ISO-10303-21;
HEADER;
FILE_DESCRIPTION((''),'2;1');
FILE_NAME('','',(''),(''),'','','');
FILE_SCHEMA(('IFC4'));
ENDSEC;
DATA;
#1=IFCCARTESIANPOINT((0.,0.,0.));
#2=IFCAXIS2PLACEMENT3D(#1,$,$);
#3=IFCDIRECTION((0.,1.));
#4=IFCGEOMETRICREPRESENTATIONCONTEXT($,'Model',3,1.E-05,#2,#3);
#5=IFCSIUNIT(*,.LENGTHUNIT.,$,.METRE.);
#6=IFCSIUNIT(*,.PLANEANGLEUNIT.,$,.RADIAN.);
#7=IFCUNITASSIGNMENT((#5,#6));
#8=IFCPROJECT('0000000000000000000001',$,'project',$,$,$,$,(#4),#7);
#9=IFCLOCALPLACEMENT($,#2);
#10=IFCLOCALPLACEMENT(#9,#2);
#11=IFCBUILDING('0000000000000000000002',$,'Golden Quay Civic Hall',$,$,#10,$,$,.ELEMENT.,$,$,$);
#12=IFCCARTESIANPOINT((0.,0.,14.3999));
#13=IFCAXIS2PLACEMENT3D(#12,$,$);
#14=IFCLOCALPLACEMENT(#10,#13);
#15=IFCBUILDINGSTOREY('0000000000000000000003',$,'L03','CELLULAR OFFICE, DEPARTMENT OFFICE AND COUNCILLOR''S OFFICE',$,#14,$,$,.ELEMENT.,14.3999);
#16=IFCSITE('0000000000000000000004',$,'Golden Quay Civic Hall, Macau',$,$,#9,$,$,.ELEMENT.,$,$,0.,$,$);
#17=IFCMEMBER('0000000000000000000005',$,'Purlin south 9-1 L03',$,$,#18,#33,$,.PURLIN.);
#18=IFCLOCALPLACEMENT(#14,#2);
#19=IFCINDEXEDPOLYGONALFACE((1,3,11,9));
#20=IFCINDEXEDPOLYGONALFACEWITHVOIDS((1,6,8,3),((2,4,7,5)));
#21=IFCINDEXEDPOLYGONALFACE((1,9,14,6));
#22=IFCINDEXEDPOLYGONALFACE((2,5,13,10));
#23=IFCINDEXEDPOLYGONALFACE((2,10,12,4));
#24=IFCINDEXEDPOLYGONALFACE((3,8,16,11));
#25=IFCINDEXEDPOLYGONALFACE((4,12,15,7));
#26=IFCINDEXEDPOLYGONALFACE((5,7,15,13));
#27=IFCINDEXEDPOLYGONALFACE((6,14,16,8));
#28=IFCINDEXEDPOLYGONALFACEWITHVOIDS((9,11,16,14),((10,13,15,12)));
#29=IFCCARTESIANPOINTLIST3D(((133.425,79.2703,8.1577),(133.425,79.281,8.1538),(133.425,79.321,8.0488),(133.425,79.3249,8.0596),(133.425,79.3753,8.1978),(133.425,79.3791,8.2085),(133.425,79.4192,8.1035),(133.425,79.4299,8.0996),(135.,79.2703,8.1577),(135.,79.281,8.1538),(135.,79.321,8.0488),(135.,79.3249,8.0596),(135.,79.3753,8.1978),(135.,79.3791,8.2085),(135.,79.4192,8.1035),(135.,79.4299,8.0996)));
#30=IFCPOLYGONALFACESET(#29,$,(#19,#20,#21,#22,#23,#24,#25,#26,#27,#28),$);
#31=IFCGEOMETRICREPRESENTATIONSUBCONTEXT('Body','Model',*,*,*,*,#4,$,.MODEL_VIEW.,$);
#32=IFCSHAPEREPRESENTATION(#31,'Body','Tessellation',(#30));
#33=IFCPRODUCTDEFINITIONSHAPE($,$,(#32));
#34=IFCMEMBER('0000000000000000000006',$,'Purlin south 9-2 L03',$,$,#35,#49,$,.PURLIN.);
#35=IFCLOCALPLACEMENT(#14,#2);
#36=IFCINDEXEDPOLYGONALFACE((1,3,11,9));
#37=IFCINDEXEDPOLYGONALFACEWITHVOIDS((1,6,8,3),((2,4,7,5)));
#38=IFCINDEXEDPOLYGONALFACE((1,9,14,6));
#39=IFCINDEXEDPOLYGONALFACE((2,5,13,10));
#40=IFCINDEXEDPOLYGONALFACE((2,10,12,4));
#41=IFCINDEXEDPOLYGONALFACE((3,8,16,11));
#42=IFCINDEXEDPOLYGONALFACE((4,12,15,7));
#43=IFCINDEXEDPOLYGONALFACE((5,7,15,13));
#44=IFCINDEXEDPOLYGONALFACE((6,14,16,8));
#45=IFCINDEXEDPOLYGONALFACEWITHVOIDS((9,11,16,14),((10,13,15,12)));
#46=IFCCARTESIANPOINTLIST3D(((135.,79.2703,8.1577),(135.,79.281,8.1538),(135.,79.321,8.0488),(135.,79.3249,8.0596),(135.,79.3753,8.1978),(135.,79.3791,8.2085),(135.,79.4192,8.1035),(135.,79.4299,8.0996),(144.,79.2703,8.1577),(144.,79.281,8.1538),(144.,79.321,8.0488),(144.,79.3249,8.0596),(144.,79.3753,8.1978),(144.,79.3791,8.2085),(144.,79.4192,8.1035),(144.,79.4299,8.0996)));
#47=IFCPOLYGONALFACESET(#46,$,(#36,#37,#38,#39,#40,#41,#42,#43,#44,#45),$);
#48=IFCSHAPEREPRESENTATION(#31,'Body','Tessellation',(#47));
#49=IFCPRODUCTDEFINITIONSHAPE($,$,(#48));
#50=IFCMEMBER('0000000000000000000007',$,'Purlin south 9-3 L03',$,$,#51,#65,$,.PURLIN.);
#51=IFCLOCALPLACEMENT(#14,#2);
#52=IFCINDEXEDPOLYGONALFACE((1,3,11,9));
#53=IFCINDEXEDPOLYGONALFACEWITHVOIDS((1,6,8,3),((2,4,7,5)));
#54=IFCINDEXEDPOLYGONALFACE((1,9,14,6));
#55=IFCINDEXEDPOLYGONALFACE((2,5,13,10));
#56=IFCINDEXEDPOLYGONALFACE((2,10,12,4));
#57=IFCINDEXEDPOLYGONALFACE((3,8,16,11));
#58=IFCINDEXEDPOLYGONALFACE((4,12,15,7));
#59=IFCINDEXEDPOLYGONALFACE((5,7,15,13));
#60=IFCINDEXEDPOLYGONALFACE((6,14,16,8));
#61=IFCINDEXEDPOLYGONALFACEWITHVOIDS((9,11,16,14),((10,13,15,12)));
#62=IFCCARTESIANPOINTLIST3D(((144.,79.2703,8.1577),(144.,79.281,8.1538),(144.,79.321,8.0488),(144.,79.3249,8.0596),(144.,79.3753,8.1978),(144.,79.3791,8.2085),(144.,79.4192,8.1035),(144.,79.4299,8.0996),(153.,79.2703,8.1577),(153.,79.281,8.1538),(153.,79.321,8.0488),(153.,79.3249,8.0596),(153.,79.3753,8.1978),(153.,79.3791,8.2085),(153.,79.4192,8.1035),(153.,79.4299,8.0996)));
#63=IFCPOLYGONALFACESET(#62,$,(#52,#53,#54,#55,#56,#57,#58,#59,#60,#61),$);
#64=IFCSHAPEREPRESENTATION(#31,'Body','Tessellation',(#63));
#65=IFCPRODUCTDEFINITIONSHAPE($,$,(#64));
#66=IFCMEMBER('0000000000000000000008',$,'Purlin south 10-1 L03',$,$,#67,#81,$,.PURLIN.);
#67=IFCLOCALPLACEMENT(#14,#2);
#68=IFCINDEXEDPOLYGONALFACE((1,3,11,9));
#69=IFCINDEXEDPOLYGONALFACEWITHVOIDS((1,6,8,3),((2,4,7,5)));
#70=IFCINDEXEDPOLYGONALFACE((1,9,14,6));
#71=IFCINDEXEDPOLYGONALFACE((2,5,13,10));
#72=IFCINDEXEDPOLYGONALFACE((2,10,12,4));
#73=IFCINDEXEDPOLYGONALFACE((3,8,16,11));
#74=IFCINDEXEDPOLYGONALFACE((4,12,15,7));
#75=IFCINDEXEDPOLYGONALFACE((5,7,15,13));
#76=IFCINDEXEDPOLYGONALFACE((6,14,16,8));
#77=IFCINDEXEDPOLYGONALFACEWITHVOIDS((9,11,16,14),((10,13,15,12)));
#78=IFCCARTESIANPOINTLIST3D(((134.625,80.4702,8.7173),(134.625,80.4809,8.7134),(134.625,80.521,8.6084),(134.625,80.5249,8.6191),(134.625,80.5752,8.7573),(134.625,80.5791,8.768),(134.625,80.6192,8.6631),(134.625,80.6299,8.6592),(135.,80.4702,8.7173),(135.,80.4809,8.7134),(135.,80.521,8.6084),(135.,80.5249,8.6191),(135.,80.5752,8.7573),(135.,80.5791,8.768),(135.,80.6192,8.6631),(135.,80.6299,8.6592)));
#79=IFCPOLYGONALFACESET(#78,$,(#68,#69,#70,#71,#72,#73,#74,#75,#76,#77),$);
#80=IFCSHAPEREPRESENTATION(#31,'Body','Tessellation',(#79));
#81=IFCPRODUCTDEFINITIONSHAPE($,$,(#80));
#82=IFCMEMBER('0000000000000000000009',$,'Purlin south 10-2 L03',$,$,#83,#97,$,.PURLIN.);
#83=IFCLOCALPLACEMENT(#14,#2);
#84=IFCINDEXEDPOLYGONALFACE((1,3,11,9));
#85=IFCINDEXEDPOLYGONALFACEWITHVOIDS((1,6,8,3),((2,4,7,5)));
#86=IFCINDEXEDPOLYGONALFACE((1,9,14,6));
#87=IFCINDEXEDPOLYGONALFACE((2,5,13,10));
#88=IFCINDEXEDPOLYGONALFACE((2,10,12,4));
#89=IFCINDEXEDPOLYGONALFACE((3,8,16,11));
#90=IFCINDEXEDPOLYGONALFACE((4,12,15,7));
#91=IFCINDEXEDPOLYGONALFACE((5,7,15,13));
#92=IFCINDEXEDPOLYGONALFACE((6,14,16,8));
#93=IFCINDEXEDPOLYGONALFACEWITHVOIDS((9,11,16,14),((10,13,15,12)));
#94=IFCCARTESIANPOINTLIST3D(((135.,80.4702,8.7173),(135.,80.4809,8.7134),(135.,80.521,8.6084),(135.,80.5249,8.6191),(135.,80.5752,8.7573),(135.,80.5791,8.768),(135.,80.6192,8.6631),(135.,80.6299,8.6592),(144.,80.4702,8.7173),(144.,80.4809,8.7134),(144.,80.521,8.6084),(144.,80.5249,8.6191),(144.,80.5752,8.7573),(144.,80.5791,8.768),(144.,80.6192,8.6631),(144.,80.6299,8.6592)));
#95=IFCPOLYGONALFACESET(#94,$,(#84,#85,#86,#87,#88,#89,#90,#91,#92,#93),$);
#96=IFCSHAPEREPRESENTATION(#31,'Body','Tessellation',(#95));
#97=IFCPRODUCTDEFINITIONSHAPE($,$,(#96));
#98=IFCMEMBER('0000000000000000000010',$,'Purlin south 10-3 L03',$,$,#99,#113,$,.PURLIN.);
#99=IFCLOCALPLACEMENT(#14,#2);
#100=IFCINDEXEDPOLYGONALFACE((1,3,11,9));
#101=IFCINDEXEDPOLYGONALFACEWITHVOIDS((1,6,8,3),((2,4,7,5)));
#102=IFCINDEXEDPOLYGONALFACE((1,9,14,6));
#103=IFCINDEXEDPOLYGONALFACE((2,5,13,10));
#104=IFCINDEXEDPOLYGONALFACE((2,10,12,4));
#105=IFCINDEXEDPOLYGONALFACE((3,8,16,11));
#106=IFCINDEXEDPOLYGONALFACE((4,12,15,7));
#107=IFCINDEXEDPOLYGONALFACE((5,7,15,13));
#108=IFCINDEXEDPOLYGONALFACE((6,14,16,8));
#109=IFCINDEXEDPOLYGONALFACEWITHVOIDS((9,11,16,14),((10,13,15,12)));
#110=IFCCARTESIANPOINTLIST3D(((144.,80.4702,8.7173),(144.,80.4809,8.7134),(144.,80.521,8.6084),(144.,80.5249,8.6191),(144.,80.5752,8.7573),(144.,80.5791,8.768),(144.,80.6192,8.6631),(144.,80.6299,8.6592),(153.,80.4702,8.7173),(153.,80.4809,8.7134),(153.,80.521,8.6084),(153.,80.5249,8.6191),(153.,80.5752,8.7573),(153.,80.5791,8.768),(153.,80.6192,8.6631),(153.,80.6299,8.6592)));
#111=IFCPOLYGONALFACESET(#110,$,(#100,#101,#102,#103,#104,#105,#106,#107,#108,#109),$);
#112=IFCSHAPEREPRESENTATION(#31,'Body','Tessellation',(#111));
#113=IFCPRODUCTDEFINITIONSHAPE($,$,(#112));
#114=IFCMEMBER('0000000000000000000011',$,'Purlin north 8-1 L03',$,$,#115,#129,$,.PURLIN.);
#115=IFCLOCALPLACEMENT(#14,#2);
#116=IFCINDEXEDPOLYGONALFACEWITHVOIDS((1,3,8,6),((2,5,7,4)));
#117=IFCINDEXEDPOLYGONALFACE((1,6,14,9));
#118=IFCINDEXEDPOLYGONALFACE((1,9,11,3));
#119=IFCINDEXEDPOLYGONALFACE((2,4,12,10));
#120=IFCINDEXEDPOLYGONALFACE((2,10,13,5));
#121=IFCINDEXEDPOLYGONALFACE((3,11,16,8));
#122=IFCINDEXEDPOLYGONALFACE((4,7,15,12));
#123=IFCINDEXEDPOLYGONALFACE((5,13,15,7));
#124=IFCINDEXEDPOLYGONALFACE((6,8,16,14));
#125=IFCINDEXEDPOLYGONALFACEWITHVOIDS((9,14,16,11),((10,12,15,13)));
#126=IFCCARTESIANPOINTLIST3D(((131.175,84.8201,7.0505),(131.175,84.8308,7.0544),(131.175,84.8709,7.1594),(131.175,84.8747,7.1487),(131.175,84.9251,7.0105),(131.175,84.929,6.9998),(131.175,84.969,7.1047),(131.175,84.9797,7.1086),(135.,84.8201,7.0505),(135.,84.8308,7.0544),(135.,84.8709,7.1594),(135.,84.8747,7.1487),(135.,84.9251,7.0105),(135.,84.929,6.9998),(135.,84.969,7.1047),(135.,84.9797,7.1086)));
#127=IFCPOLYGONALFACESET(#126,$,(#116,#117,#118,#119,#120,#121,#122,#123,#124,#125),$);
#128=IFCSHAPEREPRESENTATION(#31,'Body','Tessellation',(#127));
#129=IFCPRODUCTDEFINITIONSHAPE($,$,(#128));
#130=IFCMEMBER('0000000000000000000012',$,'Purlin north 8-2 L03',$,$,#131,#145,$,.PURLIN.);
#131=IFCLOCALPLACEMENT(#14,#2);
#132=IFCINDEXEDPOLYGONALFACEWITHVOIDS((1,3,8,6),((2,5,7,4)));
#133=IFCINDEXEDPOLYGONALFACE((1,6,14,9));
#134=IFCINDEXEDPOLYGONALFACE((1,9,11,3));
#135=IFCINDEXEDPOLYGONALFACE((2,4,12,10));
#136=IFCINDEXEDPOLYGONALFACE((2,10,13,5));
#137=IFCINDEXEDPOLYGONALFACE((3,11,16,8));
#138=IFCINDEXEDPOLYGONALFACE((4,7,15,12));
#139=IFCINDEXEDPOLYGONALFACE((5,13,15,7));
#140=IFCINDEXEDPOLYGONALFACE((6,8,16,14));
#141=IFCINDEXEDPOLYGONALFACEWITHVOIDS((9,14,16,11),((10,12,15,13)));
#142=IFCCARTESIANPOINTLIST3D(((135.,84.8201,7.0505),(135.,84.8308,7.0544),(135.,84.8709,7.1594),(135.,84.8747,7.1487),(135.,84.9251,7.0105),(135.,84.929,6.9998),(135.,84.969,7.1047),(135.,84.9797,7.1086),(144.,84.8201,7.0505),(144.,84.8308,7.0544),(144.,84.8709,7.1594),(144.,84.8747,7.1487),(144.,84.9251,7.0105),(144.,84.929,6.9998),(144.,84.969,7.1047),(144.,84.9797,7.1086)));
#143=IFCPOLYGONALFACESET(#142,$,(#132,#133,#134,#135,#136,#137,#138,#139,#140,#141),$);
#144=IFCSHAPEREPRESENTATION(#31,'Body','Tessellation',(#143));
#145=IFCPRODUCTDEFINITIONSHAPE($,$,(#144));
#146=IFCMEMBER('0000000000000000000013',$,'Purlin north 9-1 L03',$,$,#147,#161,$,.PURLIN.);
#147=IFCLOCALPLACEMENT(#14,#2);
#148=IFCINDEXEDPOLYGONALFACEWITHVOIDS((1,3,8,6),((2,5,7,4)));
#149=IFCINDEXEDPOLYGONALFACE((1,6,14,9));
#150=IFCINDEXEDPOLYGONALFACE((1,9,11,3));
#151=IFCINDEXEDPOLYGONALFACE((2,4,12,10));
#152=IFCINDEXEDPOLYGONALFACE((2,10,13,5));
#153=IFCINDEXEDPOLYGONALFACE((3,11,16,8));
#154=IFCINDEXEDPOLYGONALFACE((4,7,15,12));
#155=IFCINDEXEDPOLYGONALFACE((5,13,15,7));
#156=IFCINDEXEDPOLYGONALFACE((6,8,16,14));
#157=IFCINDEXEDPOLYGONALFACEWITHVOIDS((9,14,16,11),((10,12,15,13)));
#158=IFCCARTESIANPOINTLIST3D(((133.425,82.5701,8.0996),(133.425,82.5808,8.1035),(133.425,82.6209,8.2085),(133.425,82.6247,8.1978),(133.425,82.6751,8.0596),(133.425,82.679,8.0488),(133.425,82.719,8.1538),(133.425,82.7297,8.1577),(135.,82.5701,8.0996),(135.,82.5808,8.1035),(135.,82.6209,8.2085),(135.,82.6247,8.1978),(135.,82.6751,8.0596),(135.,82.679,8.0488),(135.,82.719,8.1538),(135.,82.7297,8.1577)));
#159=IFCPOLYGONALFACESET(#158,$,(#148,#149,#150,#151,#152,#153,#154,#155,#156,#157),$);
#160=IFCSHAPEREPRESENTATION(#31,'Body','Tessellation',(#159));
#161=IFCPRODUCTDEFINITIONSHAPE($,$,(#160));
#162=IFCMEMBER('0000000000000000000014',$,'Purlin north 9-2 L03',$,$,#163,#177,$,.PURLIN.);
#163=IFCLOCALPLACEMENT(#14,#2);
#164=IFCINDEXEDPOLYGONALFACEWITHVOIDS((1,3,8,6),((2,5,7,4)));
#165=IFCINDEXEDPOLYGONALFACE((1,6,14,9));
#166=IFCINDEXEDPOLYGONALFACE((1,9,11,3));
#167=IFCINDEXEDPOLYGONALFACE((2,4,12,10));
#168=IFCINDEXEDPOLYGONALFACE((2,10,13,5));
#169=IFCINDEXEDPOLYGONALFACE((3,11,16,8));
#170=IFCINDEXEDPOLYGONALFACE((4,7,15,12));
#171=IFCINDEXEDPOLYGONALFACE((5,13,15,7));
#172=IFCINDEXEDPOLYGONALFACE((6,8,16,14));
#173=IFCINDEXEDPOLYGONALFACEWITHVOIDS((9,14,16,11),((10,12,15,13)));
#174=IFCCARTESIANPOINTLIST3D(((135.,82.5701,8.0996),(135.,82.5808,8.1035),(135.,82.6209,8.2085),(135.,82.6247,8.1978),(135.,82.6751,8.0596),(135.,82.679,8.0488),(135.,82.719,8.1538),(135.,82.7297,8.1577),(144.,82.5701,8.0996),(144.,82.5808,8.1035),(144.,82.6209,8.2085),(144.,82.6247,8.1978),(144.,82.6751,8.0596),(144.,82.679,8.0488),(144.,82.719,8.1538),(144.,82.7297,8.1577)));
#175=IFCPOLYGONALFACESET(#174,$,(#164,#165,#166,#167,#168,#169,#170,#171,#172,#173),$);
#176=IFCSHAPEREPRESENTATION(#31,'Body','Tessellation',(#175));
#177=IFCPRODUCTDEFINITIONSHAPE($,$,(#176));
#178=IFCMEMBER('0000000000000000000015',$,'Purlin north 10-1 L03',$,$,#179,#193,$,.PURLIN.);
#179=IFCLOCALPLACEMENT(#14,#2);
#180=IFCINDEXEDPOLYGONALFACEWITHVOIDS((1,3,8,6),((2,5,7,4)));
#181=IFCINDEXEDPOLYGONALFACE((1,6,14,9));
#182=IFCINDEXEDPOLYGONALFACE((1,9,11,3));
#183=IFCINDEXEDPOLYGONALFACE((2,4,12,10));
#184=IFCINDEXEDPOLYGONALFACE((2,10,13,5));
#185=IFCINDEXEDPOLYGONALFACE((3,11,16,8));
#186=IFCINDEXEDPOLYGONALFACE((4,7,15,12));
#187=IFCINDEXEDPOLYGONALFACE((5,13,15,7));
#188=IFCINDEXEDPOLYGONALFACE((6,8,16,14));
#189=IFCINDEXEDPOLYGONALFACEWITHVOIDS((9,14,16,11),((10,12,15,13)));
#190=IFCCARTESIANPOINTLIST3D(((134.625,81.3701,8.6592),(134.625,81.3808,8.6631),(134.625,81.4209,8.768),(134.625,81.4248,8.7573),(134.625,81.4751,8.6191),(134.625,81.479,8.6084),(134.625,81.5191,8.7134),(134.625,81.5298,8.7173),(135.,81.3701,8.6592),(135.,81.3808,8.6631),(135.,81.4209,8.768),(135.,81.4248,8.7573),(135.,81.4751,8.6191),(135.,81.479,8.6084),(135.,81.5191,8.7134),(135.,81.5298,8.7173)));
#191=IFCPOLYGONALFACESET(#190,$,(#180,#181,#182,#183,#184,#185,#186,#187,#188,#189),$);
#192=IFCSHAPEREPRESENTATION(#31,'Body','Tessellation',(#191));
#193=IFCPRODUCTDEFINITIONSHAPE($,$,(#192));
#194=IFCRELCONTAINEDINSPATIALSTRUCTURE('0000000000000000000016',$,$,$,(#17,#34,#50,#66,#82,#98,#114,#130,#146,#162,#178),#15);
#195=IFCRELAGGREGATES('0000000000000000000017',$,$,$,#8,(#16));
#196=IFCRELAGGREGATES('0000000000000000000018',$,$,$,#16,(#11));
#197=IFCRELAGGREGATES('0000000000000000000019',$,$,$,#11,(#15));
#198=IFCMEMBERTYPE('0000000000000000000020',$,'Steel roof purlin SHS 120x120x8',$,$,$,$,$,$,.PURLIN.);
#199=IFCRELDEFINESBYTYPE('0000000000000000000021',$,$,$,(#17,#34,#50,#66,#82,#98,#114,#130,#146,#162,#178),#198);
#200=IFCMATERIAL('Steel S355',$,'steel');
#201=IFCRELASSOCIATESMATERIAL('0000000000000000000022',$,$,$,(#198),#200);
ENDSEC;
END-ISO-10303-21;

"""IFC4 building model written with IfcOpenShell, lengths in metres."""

from ifc_helpers import new_model, si_unit, direction, frame, origin, origin_2d, place, context, subcontext, project, spatial, hollow_rectangle, extrude, material, material_profile, profile_set, type_object, element, save


model = new_model("IFC4")

# Units and contexts
model_context = context("Model", 3, precision=1e-05, world=origin(), true_north=direction((0.0, 1.0)))
body_context = subcontext(model_context, "Body", "Model", "MODEL_VIEW")
ifc_project = project(units=[si_unit("LENGTHUNIT", "METRE"), si_unit("PLANEANGLEUNIT", "RADIAN")], contexts=[model_context])

# Site, building, storey
site_placement = place(None, origin())
site = spatial("IfcSite", under=ifc_project, at=site_placement, Name="Golden Quay Civic Hall, Macau", CompositionType="ELEMENT", RefElevation=0.0)
building_placement = place(site_placement, origin())
building = spatial("IfcBuilding", under=site, at=building_placement, Name="Golden Quay Civic Hall", CompositionType="ELEMENT")
storey_placement = place(building_placement, frame((0.0, 0.0, 14.3999)))
storey = spatial("IfcBuildingStorey", under=building, at=storey_placement, Name="L03", Description="CELLULAR OFFICE, DEPARTMENT OFFICE AND COUNCILLOR'S OFFICE", CompositionType="ELEMENT", Elevation=14.3999)

# Members
ifc_material_1 = material(Name="Steel S355", Category="steel")
ifc_material_profile_1 = material_profile(ifc_material_1, hollow_rectangle(XDim=0.1201, YDim=0.1201, WallThickness=0.0081, at=origin_2d()), Name="SHS 120x120x8")
ifc_profile_set_1 = profile_set([ifc_material_profile_1], Name="Steel S355")
member_type_1 = type_object("IfcMemberType", Name="Steel roof purlin SHS 120x120x8", PredefinedType="PURLIN", material=ifc_profile_set_1)
member_1_placement = place(storey_placement, frame((133.425, 79.3501, 8.1287), z_axis=(1.0, 0.0, 0.0), x_axis=(0.0, 0.906308, 0.422618)))
element("IfcMember", 1, at=member_1_placement, inside=storey, type_object=member_type_1, Name="Purlin south 9-1 L03", PredefinedType="PURLIN", context=body_context, shape_type="SweptSolid", body=[
    extrude(hollow_rectangle(XDim=0.1201, YDim=0.1201, WallThickness=0.0081, at=origin_2d()), origin(), (0.0, 0.0, 1.0), 1.575),
])
for number, where, z_axis, x_axis, name in (
    (2, (135.0, 79.3501, 8.1287), (1.0, 0.0, 0.0), (0.0, 0.906308, 0.422618), "Purlin south 9-2 L03"),
    (3, (144.0, 79.3501, 8.1287), (1.0, 0.0, 0.0), (0.0, 0.906308, 0.422618), "Purlin south 9-3 L03"),
):
    element("IfcMember", number, at=place(storey_placement, frame(where, z_axis=z_axis, x_axis=x_axis)), inside=storey, type_object=member_type_1, Name=name, PredefinedType="PURLIN", context=body_context, shape_type="SweptSolid", body=[
        extrude(hollow_rectangle(XDim=0.1201, YDim=0.1201, WallThickness=0.0081, at=origin_2d()), origin(), (0.0, 0.0, 1.0), 9.0),
    ])
member_2_placement = place(storey_placement, frame((134.625, 80.55, 8.6882), z_axis=(1.0, 0.0, 0.0), x_axis=(0.0, 0.906308, 0.422618)))
element("IfcMember", 4, at=member_2_placement, inside=storey, type_object=member_type_1, Name="Purlin south 10-1 L03", PredefinedType="PURLIN", context=body_context, shape_type="SweptSolid", body=[
    extrude(hollow_rectangle(XDim=0.1201, YDim=0.1201, WallThickness=0.0081, at=origin_2d()), origin(), (0.0, 0.0, 1.0), 0.375),
])
for number, where, z_axis, x_axis, name in (
    (5, (135.0, 80.55, 8.6882), (1.0, 0.0, 0.0), (0.0, 0.906308, 0.422618), "Purlin south 10-2 L03"),
    (6, (144.0, 80.55, 8.6882), (1.0, 0.0, 0.0), (0.0, 0.906308, 0.422618), "Purlin south 10-3 L03"),
):
    element("IfcMember", number, at=place(storey_placement, frame(where, z_axis=z_axis, x_axis=x_axis)), inside=storey, type_object=member_type_1, Name=name, PredefinedType="PURLIN", context=body_context, shape_type="SweptSolid", body=[
        extrude(hollow_rectangle(XDim=0.1201, YDim=0.1201, WallThickness=0.0081, at=origin_2d()), origin(), (0.0, 0.0, 1.0), 9.0),
    ])
member_3_placement = place(storey_placement, frame((131.175, 84.8999, 7.0796), z_axis=(1.0, 0.0, 0.0), x_axis=(0.0, 0.906308, -0.422618)))
element("IfcMember", 7, at=member_3_placement, inside=storey, type_object=member_type_1, Name="Purlin north 8-1 L03", PredefinedType="PURLIN", context=body_context, shape_type="SweptSolid", body=[
    extrude(hollow_rectangle(XDim=0.1201, YDim=0.1201, WallThickness=0.0081, at=origin_2d()), origin(), (0.0, 0.0, 1.0), 3.825),
])
member_4_placement = place(storey_placement, frame((135.0, 84.8999, 7.0796), z_axis=(1.0, 0.0, 0.0), x_axis=(0.0, 0.906308, -0.422618)))
element("IfcMember", 8, at=member_4_placement, inside=storey, type_object=member_type_1, Name="Purlin north 8-2 L03", PredefinedType="PURLIN", context=body_context, shape_type="SweptSolid", body=[
    extrude(hollow_rectangle(XDim=0.1201, YDim=0.1201, WallThickness=0.0081, at=origin_2d()), origin(), (0.0, 0.0, 1.0), 9.0),
])
member_5_placement = place(storey_placement, frame((133.425, 82.6499, 8.1287), z_axis=(1.0, 0.0, 0.0), x_axis=(0.0, 0.906308, -0.422618)))
element("IfcMember", 9, at=member_5_placement, inside=storey, type_object=member_type_1, Name="Purlin north 9-1 L03", PredefinedType="PURLIN", context=body_context, shape_type="SweptSolid", body=[
    extrude(hollow_rectangle(XDim=0.1201, YDim=0.1201, WallThickness=0.0081, at=origin_2d()), origin(), (0.0, 0.0, 1.0), 1.575),
])
member_6_placement = place(storey_placement, frame((135.0, 82.6499, 8.1287), z_axis=(1.0, 0.0, 0.0), x_axis=(0.0, 0.906308, -0.422618)))
element("IfcMember", 10, at=member_6_placement, inside=storey, type_object=member_type_1, Name="Purlin north 9-2 L03", PredefinedType="PURLIN", context=body_context, shape_type="SweptSolid", body=[
    extrude(hollow_rectangle(XDim=0.1201, YDim=0.1201, WallThickness=0.0081, at=origin_2d()), origin(), (0.0, 0.0, 1.0), 9.0),
])
member_7_placement = place(storey_placement, frame((134.625, 81.45, 8.6882), z_axis=(1.0, 0.0, 0.0), x_axis=(0.0, 0.906308, -0.422618)))
element("IfcMember", 11, at=member_7_placement, inside=storey, type_object=member_type_1, Name="Purlin north 10-1 L03", PredefinedType="PURLIN", context=body_context, shape_type="SweptSolid", body=[
    extrude(hollow_rectangle(XDim=0.1201, YDim=0.1201, WallThickness=0.0081, at=origin_2d()), origin(), (0.0, 0.0, 1.0), 0.375),
])

save(model, "model.ifc")
